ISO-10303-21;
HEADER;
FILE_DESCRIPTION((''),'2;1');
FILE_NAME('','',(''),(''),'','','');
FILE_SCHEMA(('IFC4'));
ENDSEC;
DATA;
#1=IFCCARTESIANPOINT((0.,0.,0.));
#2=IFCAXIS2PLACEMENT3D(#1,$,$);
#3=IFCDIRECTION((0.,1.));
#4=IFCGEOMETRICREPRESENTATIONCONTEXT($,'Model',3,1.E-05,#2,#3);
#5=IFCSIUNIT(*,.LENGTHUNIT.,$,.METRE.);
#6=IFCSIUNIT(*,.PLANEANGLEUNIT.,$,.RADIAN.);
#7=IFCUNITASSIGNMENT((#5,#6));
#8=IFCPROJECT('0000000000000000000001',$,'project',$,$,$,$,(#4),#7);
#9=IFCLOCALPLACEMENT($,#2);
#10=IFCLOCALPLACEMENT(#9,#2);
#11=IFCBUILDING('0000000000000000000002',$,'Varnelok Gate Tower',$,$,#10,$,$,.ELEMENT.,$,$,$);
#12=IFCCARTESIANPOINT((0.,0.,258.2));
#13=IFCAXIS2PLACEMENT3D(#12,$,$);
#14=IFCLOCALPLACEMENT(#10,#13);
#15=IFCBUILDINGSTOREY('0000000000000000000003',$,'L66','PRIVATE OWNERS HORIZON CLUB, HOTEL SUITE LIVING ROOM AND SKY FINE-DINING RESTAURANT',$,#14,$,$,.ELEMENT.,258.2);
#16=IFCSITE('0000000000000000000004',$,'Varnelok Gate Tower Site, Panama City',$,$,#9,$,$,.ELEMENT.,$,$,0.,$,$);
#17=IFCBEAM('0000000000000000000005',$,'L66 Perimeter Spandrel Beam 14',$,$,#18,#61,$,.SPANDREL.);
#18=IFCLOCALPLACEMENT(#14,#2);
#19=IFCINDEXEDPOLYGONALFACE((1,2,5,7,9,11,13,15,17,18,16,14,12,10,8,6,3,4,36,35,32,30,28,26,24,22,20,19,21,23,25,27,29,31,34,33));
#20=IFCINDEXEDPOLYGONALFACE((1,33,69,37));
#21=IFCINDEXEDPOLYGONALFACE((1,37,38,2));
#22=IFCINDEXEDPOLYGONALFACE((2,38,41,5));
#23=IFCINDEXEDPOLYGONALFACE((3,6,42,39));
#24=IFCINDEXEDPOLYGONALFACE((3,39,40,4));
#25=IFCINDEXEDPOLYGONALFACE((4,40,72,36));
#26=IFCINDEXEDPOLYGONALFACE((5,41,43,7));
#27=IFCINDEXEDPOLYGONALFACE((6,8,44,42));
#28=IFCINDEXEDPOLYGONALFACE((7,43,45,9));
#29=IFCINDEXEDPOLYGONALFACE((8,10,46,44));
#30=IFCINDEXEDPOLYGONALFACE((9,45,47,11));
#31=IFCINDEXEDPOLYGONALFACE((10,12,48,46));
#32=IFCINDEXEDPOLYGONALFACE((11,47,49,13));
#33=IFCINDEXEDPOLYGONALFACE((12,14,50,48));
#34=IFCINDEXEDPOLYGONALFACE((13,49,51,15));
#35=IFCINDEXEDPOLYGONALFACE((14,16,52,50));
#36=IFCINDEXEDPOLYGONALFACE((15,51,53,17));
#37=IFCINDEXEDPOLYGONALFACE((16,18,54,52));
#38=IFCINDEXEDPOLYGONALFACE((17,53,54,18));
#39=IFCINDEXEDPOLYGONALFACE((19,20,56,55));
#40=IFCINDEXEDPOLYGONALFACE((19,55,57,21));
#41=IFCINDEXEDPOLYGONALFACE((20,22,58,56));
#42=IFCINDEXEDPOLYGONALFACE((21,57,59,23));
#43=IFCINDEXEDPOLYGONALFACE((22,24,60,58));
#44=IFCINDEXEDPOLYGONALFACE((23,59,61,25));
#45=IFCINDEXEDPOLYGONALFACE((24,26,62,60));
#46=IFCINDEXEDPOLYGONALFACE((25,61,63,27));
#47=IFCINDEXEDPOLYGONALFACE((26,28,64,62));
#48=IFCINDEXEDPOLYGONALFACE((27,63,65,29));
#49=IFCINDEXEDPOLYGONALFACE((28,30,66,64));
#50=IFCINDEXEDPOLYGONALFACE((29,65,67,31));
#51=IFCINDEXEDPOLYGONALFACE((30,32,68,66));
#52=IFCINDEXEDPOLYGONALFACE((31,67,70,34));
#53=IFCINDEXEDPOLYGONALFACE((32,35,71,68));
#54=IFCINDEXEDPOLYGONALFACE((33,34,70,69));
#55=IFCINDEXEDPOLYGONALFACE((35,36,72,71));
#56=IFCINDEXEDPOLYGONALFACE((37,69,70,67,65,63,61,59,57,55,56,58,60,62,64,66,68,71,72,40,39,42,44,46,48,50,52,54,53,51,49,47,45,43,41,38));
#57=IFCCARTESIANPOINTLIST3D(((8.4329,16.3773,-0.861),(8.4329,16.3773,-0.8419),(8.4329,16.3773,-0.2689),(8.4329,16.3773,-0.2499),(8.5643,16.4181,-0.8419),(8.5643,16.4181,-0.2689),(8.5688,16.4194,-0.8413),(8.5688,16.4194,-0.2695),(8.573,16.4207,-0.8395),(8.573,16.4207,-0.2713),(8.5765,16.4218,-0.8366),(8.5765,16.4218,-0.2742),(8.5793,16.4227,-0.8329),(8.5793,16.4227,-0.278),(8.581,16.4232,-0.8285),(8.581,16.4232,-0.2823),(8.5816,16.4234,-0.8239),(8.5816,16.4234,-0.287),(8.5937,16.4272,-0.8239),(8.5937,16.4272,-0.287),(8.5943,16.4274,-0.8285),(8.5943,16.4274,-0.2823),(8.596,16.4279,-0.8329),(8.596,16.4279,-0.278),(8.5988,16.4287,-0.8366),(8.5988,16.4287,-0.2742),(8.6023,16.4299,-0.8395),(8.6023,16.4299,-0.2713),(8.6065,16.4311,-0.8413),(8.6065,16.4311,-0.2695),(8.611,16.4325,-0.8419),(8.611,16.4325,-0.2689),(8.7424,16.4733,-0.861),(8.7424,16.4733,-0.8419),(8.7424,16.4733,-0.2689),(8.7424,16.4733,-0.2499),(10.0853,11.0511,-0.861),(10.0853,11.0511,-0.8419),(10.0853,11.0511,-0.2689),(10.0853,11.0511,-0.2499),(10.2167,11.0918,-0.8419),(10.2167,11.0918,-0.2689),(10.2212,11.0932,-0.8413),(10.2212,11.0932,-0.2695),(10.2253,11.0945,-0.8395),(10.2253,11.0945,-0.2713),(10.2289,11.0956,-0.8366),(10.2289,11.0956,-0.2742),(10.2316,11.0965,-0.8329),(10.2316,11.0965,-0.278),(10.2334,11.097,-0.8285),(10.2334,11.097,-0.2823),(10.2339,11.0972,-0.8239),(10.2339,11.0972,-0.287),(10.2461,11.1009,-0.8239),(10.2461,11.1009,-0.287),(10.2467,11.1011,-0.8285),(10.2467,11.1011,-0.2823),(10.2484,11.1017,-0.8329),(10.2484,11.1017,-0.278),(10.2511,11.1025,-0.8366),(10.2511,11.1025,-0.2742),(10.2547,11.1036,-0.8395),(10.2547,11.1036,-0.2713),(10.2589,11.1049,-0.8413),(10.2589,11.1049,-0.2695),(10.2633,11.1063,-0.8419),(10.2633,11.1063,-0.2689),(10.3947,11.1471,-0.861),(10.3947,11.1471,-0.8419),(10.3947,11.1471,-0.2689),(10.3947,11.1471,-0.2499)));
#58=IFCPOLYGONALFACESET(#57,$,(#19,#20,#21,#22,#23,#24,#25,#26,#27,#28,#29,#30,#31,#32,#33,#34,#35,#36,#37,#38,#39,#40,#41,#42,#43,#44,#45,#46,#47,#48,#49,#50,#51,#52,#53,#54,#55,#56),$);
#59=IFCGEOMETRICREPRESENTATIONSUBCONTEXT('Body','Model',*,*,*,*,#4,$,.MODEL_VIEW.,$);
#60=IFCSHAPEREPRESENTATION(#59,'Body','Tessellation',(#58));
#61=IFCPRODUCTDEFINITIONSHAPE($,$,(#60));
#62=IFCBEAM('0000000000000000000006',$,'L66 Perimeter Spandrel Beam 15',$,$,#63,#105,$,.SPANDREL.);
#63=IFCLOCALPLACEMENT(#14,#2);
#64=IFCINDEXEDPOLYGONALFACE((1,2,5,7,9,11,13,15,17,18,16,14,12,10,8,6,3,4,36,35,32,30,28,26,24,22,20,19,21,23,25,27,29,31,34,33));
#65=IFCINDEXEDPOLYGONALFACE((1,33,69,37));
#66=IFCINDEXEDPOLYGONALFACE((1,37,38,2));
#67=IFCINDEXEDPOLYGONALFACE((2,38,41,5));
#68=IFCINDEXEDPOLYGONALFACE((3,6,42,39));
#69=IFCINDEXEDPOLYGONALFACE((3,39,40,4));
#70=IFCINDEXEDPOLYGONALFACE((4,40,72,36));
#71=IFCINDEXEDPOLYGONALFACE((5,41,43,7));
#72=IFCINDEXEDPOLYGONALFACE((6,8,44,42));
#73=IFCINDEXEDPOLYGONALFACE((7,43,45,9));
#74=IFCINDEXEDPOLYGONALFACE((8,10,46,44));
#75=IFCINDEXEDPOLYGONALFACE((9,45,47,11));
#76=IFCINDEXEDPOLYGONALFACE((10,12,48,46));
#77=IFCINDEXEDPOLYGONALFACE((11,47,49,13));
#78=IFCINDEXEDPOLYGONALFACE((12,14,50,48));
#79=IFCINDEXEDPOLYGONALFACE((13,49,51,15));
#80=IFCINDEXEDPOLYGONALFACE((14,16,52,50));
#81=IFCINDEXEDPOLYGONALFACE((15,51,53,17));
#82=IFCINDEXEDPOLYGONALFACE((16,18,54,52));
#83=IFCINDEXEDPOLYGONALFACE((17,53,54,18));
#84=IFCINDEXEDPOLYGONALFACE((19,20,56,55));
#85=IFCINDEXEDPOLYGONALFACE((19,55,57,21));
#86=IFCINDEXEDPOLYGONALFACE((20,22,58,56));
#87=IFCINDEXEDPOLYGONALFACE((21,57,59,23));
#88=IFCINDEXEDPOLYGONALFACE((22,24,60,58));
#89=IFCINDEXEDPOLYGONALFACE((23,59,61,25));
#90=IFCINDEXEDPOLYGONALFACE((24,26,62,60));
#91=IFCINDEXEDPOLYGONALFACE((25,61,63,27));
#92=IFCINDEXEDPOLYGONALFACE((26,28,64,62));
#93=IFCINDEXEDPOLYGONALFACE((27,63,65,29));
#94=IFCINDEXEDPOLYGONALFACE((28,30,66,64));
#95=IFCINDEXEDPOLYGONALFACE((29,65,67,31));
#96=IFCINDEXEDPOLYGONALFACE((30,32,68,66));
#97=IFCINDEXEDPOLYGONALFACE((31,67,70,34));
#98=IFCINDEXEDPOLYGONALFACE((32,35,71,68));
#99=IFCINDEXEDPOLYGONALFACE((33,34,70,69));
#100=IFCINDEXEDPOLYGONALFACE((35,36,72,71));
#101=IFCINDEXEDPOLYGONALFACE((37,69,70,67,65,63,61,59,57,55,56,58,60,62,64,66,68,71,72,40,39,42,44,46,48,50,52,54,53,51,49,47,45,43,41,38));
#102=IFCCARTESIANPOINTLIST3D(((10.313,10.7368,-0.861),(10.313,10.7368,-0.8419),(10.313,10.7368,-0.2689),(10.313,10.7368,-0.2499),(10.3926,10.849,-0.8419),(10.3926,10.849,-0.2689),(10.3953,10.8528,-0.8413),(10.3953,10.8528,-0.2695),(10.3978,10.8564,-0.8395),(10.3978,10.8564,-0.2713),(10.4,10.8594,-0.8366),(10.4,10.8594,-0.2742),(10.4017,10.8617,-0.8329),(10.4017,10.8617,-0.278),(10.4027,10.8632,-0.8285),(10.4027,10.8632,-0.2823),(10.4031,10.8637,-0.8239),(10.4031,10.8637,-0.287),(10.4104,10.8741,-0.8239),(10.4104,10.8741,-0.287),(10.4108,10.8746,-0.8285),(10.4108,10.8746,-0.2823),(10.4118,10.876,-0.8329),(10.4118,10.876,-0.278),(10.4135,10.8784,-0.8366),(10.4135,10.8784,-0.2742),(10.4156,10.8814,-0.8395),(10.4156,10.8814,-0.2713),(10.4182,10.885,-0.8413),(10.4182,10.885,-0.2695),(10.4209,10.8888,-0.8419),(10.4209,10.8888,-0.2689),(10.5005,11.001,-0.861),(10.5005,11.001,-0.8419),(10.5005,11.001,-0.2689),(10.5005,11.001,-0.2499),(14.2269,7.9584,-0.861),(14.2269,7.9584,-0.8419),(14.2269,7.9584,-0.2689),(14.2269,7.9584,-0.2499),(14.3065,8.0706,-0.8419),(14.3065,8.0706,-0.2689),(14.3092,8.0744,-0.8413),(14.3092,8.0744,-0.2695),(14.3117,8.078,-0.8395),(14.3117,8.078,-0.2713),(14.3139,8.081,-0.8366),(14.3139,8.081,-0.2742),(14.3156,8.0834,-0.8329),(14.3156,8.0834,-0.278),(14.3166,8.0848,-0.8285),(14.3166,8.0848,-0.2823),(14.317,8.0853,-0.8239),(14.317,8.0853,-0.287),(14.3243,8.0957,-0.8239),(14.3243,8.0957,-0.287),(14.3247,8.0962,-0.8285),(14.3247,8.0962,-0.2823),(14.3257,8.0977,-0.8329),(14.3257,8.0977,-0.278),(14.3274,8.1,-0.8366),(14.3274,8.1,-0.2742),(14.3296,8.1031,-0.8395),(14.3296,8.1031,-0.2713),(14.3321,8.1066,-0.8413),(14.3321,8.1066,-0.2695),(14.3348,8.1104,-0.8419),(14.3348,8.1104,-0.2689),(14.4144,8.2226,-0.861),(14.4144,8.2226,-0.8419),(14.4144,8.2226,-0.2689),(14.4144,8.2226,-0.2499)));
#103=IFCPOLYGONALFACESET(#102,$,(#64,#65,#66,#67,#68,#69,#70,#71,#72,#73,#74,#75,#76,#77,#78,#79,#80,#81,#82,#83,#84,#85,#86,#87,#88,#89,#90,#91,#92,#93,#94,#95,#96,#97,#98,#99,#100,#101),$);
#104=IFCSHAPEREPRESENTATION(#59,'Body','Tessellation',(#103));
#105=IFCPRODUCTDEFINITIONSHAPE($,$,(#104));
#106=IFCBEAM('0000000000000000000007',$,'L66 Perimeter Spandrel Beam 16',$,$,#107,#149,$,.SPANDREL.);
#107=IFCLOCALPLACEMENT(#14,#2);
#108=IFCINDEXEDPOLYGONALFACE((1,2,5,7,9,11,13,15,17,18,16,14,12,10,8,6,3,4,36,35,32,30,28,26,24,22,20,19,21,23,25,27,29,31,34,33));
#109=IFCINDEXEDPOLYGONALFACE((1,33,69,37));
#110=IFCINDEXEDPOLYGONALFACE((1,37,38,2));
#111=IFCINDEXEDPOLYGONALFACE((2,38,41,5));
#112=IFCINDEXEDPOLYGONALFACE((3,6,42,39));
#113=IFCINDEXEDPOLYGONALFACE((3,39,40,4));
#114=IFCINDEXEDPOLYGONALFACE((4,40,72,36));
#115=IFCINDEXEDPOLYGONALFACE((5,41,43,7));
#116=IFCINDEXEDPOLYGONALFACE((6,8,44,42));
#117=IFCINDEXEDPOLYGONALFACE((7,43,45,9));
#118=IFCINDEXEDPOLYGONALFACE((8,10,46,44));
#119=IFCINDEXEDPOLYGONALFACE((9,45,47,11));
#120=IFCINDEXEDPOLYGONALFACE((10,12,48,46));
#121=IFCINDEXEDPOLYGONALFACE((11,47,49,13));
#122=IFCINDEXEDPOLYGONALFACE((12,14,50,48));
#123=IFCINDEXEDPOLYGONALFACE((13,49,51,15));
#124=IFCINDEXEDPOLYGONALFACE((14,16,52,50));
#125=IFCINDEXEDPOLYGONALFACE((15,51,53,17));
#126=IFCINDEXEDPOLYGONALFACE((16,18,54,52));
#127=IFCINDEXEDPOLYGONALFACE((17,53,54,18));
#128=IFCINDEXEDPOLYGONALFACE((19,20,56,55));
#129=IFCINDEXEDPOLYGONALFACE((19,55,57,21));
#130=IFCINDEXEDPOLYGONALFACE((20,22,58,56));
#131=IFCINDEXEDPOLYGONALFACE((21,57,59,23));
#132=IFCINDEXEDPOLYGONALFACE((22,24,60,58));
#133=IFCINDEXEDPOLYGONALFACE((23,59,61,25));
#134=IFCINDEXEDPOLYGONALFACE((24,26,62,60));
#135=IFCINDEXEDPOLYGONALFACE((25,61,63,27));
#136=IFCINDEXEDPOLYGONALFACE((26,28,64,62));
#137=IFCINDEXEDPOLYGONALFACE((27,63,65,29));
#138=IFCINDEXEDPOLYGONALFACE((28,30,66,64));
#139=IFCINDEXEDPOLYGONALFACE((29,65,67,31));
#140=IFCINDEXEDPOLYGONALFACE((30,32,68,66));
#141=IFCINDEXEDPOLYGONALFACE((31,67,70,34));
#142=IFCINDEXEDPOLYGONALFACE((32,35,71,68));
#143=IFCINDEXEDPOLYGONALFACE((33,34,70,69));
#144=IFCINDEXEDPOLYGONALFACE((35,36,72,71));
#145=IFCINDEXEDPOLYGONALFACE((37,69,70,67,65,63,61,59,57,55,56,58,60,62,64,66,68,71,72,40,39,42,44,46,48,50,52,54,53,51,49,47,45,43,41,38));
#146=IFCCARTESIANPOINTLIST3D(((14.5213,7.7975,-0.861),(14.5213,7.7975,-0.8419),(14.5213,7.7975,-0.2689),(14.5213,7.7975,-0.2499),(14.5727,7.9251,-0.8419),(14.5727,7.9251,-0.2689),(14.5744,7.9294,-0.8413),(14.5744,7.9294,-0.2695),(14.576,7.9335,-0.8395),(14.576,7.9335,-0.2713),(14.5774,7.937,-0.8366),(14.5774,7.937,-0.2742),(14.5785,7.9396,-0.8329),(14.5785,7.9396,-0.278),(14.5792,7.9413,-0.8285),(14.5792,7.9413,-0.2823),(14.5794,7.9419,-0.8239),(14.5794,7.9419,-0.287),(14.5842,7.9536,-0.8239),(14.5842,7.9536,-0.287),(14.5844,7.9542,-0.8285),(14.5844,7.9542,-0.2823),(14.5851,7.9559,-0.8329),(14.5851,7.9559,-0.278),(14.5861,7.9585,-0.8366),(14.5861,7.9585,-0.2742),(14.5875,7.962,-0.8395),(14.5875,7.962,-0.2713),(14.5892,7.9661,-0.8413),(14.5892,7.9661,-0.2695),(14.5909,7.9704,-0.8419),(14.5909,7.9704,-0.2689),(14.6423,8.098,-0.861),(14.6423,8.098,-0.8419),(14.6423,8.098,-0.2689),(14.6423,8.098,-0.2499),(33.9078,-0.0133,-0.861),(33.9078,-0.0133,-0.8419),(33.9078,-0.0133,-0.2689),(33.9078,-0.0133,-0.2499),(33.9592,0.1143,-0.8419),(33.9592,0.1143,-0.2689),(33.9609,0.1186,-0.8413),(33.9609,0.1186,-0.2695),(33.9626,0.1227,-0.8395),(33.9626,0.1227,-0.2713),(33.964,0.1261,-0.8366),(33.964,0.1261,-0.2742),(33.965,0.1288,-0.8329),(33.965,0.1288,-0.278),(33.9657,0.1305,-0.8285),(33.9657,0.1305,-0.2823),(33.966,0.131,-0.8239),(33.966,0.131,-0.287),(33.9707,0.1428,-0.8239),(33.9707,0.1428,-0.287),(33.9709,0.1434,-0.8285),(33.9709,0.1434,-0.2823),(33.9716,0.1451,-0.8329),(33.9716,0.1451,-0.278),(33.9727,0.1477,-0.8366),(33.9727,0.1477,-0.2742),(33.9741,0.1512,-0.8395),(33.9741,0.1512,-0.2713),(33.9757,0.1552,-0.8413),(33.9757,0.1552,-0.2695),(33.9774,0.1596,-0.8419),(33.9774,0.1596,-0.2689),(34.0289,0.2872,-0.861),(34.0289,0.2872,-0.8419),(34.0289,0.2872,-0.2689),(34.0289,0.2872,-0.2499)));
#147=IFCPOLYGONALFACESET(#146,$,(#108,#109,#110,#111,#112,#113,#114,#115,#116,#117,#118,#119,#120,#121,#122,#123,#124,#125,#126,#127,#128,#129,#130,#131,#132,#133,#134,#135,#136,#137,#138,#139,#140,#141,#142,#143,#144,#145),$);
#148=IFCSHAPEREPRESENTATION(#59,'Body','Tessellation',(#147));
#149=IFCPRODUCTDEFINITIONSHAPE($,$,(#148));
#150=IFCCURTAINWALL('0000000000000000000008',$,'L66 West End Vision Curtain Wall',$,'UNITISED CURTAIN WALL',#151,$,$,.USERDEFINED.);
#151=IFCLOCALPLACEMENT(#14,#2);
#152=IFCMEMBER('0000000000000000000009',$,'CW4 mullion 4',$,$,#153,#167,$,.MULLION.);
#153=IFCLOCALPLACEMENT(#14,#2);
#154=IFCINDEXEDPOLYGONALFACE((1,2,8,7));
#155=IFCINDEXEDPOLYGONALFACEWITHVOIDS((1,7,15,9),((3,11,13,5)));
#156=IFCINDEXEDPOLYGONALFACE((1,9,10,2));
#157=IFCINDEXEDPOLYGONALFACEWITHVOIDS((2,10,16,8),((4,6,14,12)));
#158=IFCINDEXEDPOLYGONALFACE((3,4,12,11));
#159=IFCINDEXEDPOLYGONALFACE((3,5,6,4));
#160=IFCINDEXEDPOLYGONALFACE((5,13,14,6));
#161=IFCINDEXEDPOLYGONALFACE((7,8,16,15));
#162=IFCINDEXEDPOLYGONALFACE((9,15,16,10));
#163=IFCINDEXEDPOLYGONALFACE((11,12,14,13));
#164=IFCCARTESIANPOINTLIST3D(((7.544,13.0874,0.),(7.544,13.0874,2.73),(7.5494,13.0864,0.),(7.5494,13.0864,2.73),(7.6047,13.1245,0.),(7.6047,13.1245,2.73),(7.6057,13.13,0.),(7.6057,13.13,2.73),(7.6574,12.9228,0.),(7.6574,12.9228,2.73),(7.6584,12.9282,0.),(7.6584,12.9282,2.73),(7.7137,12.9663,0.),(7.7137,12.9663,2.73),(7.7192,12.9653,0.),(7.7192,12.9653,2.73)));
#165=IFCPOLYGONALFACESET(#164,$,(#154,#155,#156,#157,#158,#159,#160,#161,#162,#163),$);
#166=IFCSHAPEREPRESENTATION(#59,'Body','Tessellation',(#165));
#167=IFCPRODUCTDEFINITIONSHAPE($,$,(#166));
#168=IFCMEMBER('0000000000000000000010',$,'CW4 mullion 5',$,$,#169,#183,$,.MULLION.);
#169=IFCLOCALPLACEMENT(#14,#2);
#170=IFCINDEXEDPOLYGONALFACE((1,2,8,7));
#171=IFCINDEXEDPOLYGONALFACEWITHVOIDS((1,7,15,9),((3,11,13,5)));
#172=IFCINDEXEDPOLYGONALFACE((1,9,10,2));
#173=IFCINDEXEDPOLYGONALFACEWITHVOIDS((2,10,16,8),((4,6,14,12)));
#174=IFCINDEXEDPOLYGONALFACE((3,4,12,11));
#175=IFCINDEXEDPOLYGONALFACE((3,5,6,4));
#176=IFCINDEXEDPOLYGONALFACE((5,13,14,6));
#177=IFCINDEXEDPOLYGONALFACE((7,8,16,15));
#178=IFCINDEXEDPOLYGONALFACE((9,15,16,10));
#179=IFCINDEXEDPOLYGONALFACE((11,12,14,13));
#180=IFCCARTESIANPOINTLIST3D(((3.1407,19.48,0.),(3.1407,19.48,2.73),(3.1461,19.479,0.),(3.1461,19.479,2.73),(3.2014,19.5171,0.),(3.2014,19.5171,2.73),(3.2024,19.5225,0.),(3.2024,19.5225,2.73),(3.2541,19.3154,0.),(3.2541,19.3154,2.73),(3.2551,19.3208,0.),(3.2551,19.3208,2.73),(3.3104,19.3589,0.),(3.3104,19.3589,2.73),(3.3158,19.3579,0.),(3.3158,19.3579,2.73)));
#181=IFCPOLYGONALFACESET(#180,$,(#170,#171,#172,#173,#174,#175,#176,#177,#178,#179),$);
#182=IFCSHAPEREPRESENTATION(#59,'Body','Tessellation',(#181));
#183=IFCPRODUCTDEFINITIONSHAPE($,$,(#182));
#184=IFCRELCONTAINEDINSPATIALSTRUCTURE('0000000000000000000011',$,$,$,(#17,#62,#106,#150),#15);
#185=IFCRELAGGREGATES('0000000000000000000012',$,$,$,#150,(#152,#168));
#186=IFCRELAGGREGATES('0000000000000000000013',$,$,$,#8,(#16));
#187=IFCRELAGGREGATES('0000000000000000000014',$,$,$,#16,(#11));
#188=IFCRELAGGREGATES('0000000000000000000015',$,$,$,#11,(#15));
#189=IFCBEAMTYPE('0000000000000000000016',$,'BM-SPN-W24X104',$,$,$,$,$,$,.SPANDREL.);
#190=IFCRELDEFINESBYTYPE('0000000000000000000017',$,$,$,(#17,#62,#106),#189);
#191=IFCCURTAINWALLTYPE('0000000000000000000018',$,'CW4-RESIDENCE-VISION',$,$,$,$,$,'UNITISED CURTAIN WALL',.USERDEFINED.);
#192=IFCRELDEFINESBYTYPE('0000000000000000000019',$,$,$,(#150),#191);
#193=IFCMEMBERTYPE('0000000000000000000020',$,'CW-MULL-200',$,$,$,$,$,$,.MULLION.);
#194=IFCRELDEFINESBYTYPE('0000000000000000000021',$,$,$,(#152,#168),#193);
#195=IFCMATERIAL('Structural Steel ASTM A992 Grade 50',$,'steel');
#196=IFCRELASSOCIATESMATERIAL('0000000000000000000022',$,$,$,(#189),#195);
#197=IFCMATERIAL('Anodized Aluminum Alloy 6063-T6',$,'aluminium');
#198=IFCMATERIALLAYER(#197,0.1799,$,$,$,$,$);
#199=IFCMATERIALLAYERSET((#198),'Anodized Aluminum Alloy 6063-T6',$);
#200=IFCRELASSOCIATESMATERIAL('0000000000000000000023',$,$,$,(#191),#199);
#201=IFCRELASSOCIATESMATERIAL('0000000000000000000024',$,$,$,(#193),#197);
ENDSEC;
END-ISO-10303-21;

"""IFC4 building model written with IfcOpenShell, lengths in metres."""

from ifc_helpers import new_model, si_unit, direction, frame, origin, origin_2d, place, context, subcontext, project, spatial, hollow_rectangle, i_section, extrude, material, layer, layer_set, material_profile, profile_set, type_object, element, aggregate, save


model = new_model("IFC4")

# Units and contexts
model_context = context("Model", 3, precision=1e-05, world=origin(), true_north=direction((0.0, 1.0)))
body_context = subcontext(model_context, "Body", "Model", "MODEL_VIEW")
ifc_project = project(units=[si_unit("LENGTHUNIT", "METRE"), si_unit("PLANEANGLEUNIT", "RADIAN")], contexts=[model_context])

# Site, building, storey
site_placement = place(None, origin())
site = spatial("IfcSite", under=ifc_project, at=site_placement, Name="Varnelok Gate Tower Site, Panama City", CompositionType="ELEMENT", RefElevation=0.0)
building_placement = place(site_placement, origin())
building = spatial("IfcBuilding", under=site, at=building_placement, Name="Varnelok Gate Tower", CompositionType="ELEMENT")
storey_placement = place(building_placement, frame((0.0, 0.0, 258.2)))
storey = spatial("IfcBuildingStorey", under=building, at=storey_placement, Name="L66", Description="PRIVATE OWNERS HORIZON CLUB, HOTEL SUITE LIVING ROOM AND SKY FINE-DINING RESTAURANT", CompositionType="ELEMENT", Elevation=258.2)

# Shared definitions
ifc_material_1 = material(Name="Structural Steel ASTM A992 Grade 50", Category="steel")

# Beams
ifc_material_profile_1 = material_profile(ifc_material_1, i_section(OverallWidth=0.324, OverallDepth=0.6111, WebThickness=0.0127, FlangeThickness=0.019, FilletRadius=0.0181, at=origin_2d()), Name="W24X104")
ifc_profile_set_1 = profile_set([ifc_material_profile_1], Name="Structural Steel ASTM A992 Grade 50")
beam_type_1 = type_object("IfcBeamType", Name="BM-SPN-W24X104", PredefinedType="SPANDREL", material=ifc_profile_set_1)
beam_1_placement = place(storey_placement, frame((8.5876, 16.4253, -0.5554), z_axis=(0.2963, -0.955095, 0.0), x_axis=(0.955095, 0.2963, 0.0)))
element("IfcBeam", 1, at=beam_1_placement, inside=storey, type_object=beam_type_1, Name="L66 Perimeter Spandrel Beam 14", PredefinedType="SPANDREL", context=body_context, shape_type="SweptSolid", body=[
    extrude(i_section(OverallWidth=0.324, OverallDepth=0.6111, WebThickness=0.0127, FlangeThickness=0.019, FilletRadius=0.0181, at=origin_2d()), origin(), (0.0, 0.0, 1.0), 5.5767),
])
beam_2_placement = place(storey_placement, frame((10.4067, 10.8689, -0.5554), z_axis=(0.815431, -0.578854, 0.0), x_axis=(0.578854, 0.815431, 0.0)))
element("IfcBeam", 2, at=beam_2_placement, inside=storey, type_object=beam_type_1, Name="L66 Perimeter Spandrel Beam 15", PredefinedType="SPANDREL", context=body_context, shape_type="SweptSolid", body=[
    extrude(i_section(OverallWidth=0.324, OverallDepth=0.6111, WebThickness=0.0127, FlangeThickness=0.019, FilletRadius=0.0181, at=origin_2d()), origin(), (0.0, 0.0, 1.0), 4.7998),
])
beam_3_placement = place(storey_placement, frame((14.5818, 7.9478, -0.5554), z_axis=(0.927547, -0.373708, 0.0), x_axis=(0.373708, 0.927547, 0.0)))
element("IfcBeam", 3, at=beam_3_placement, inside=storey, type_object=beam_type_1, Name="L66 Perimeter Spandrel Beam 16", PredefinedType="SPANDREL", context=body_context, shape_type="SweptSolid", body=[
    extrude(i_section(OverallWidth=0.324, OverallDepth=0.6111, WebThickness=0.0127, FlangeThickness=0.019, FilletRadius=0.0181, at=origin_2d()), origin(), (0.0, 0.0, 1.0), 20.9009),
])

# Curtain wall, members
ifc_material_2 = material(Name="Anodized Aluminum Alloy 6063-T6", Category="aluminium")
ifc_layer_1 = layer(ifc_material_2, 0.1799)
ifc_layer_set_1 = layer_set([ifc_layer_1], Name="Anodized Aluminum Alloy 6063-T6")
curtain_wall_type = type_object("IfcCurtainWallType", Name="CW4-RESIDENCE-VISION", ElementType="UNITISED CURTAIN WALL", PredefinedType="USERDEFINED", material=ifc_layer_set_1)
curtain_wall_placement = place(storey_placement, origin())
curtain_wall = element("IfcCurtainWall", 4, at=curtain_wall_placement, inside=storey, type_object=curtain_wall_type, Name="L66 West End Vision Curtain Wall", ObjectType="UNITISED CURTAIN WALL", PredefinedType="USERDEFINED")
ifc_material_profile_2 = material_profile(ifc_material_2, hollow_rectangle(XDim=0.075, YDim=0.2, WallThickness=0.0039, at=origin_2d()), Name="ALU200X75X4")
ifc_profile_set_2 = profile_set([ifc_material_profile_2], Name="Anodized Aluminum Alloy 6063-T6")
member_type_1 = type_object("IfcMemberType", Name="CW-MULL-200", PredefinedType="MULLION", material=ifc_profile_set_2)
member_1_placement = place(storey_placement, frame((7.6316, 13.0264, 0.0), z_axis=(0.0, 0.0, 1.0), x_axis=(-0.823532, -0.567269, 0.0)))
member_1 = element("IfcMember", 5, at=member_1_placement, type_object=member_type_1, Name="CW4 mullion 4", PredefinedType="MULLION", context=body_context, shape_type="SweptSolid", body=[
    extrude(hollow_rectangle(XDim=0.075, YDim=0.2, WallThickness=0.0039, at=origin_2d()), origin(), (0.0, 0.0, 1.0), 2.73),
])
member_2_placement = place(storey_placement, frame((3.2283, 19.4189, 0.0), z_axis=(0.0, 0.0, 1.0), x_axis=(-0.823532, -0.567269, 0.0)))
member_2 = element("IfcMember", 6, at=member_2_placement, type_object=member_type_1, Name="CW4 mullion 5", PredefinedType="MULLION", context=body_context, shape_type="SweptSolid", body=[
    extrude(hollow_rectangle(XDim=0.075, YDim=0.2, WallThickness=0.0039, at=origin_2d()), origin(), (0.0, 0.0, 1.0), 2.73),
])
aggregate(curtain_wall, [member_1, member_2])

save(model, "model.ifc")
